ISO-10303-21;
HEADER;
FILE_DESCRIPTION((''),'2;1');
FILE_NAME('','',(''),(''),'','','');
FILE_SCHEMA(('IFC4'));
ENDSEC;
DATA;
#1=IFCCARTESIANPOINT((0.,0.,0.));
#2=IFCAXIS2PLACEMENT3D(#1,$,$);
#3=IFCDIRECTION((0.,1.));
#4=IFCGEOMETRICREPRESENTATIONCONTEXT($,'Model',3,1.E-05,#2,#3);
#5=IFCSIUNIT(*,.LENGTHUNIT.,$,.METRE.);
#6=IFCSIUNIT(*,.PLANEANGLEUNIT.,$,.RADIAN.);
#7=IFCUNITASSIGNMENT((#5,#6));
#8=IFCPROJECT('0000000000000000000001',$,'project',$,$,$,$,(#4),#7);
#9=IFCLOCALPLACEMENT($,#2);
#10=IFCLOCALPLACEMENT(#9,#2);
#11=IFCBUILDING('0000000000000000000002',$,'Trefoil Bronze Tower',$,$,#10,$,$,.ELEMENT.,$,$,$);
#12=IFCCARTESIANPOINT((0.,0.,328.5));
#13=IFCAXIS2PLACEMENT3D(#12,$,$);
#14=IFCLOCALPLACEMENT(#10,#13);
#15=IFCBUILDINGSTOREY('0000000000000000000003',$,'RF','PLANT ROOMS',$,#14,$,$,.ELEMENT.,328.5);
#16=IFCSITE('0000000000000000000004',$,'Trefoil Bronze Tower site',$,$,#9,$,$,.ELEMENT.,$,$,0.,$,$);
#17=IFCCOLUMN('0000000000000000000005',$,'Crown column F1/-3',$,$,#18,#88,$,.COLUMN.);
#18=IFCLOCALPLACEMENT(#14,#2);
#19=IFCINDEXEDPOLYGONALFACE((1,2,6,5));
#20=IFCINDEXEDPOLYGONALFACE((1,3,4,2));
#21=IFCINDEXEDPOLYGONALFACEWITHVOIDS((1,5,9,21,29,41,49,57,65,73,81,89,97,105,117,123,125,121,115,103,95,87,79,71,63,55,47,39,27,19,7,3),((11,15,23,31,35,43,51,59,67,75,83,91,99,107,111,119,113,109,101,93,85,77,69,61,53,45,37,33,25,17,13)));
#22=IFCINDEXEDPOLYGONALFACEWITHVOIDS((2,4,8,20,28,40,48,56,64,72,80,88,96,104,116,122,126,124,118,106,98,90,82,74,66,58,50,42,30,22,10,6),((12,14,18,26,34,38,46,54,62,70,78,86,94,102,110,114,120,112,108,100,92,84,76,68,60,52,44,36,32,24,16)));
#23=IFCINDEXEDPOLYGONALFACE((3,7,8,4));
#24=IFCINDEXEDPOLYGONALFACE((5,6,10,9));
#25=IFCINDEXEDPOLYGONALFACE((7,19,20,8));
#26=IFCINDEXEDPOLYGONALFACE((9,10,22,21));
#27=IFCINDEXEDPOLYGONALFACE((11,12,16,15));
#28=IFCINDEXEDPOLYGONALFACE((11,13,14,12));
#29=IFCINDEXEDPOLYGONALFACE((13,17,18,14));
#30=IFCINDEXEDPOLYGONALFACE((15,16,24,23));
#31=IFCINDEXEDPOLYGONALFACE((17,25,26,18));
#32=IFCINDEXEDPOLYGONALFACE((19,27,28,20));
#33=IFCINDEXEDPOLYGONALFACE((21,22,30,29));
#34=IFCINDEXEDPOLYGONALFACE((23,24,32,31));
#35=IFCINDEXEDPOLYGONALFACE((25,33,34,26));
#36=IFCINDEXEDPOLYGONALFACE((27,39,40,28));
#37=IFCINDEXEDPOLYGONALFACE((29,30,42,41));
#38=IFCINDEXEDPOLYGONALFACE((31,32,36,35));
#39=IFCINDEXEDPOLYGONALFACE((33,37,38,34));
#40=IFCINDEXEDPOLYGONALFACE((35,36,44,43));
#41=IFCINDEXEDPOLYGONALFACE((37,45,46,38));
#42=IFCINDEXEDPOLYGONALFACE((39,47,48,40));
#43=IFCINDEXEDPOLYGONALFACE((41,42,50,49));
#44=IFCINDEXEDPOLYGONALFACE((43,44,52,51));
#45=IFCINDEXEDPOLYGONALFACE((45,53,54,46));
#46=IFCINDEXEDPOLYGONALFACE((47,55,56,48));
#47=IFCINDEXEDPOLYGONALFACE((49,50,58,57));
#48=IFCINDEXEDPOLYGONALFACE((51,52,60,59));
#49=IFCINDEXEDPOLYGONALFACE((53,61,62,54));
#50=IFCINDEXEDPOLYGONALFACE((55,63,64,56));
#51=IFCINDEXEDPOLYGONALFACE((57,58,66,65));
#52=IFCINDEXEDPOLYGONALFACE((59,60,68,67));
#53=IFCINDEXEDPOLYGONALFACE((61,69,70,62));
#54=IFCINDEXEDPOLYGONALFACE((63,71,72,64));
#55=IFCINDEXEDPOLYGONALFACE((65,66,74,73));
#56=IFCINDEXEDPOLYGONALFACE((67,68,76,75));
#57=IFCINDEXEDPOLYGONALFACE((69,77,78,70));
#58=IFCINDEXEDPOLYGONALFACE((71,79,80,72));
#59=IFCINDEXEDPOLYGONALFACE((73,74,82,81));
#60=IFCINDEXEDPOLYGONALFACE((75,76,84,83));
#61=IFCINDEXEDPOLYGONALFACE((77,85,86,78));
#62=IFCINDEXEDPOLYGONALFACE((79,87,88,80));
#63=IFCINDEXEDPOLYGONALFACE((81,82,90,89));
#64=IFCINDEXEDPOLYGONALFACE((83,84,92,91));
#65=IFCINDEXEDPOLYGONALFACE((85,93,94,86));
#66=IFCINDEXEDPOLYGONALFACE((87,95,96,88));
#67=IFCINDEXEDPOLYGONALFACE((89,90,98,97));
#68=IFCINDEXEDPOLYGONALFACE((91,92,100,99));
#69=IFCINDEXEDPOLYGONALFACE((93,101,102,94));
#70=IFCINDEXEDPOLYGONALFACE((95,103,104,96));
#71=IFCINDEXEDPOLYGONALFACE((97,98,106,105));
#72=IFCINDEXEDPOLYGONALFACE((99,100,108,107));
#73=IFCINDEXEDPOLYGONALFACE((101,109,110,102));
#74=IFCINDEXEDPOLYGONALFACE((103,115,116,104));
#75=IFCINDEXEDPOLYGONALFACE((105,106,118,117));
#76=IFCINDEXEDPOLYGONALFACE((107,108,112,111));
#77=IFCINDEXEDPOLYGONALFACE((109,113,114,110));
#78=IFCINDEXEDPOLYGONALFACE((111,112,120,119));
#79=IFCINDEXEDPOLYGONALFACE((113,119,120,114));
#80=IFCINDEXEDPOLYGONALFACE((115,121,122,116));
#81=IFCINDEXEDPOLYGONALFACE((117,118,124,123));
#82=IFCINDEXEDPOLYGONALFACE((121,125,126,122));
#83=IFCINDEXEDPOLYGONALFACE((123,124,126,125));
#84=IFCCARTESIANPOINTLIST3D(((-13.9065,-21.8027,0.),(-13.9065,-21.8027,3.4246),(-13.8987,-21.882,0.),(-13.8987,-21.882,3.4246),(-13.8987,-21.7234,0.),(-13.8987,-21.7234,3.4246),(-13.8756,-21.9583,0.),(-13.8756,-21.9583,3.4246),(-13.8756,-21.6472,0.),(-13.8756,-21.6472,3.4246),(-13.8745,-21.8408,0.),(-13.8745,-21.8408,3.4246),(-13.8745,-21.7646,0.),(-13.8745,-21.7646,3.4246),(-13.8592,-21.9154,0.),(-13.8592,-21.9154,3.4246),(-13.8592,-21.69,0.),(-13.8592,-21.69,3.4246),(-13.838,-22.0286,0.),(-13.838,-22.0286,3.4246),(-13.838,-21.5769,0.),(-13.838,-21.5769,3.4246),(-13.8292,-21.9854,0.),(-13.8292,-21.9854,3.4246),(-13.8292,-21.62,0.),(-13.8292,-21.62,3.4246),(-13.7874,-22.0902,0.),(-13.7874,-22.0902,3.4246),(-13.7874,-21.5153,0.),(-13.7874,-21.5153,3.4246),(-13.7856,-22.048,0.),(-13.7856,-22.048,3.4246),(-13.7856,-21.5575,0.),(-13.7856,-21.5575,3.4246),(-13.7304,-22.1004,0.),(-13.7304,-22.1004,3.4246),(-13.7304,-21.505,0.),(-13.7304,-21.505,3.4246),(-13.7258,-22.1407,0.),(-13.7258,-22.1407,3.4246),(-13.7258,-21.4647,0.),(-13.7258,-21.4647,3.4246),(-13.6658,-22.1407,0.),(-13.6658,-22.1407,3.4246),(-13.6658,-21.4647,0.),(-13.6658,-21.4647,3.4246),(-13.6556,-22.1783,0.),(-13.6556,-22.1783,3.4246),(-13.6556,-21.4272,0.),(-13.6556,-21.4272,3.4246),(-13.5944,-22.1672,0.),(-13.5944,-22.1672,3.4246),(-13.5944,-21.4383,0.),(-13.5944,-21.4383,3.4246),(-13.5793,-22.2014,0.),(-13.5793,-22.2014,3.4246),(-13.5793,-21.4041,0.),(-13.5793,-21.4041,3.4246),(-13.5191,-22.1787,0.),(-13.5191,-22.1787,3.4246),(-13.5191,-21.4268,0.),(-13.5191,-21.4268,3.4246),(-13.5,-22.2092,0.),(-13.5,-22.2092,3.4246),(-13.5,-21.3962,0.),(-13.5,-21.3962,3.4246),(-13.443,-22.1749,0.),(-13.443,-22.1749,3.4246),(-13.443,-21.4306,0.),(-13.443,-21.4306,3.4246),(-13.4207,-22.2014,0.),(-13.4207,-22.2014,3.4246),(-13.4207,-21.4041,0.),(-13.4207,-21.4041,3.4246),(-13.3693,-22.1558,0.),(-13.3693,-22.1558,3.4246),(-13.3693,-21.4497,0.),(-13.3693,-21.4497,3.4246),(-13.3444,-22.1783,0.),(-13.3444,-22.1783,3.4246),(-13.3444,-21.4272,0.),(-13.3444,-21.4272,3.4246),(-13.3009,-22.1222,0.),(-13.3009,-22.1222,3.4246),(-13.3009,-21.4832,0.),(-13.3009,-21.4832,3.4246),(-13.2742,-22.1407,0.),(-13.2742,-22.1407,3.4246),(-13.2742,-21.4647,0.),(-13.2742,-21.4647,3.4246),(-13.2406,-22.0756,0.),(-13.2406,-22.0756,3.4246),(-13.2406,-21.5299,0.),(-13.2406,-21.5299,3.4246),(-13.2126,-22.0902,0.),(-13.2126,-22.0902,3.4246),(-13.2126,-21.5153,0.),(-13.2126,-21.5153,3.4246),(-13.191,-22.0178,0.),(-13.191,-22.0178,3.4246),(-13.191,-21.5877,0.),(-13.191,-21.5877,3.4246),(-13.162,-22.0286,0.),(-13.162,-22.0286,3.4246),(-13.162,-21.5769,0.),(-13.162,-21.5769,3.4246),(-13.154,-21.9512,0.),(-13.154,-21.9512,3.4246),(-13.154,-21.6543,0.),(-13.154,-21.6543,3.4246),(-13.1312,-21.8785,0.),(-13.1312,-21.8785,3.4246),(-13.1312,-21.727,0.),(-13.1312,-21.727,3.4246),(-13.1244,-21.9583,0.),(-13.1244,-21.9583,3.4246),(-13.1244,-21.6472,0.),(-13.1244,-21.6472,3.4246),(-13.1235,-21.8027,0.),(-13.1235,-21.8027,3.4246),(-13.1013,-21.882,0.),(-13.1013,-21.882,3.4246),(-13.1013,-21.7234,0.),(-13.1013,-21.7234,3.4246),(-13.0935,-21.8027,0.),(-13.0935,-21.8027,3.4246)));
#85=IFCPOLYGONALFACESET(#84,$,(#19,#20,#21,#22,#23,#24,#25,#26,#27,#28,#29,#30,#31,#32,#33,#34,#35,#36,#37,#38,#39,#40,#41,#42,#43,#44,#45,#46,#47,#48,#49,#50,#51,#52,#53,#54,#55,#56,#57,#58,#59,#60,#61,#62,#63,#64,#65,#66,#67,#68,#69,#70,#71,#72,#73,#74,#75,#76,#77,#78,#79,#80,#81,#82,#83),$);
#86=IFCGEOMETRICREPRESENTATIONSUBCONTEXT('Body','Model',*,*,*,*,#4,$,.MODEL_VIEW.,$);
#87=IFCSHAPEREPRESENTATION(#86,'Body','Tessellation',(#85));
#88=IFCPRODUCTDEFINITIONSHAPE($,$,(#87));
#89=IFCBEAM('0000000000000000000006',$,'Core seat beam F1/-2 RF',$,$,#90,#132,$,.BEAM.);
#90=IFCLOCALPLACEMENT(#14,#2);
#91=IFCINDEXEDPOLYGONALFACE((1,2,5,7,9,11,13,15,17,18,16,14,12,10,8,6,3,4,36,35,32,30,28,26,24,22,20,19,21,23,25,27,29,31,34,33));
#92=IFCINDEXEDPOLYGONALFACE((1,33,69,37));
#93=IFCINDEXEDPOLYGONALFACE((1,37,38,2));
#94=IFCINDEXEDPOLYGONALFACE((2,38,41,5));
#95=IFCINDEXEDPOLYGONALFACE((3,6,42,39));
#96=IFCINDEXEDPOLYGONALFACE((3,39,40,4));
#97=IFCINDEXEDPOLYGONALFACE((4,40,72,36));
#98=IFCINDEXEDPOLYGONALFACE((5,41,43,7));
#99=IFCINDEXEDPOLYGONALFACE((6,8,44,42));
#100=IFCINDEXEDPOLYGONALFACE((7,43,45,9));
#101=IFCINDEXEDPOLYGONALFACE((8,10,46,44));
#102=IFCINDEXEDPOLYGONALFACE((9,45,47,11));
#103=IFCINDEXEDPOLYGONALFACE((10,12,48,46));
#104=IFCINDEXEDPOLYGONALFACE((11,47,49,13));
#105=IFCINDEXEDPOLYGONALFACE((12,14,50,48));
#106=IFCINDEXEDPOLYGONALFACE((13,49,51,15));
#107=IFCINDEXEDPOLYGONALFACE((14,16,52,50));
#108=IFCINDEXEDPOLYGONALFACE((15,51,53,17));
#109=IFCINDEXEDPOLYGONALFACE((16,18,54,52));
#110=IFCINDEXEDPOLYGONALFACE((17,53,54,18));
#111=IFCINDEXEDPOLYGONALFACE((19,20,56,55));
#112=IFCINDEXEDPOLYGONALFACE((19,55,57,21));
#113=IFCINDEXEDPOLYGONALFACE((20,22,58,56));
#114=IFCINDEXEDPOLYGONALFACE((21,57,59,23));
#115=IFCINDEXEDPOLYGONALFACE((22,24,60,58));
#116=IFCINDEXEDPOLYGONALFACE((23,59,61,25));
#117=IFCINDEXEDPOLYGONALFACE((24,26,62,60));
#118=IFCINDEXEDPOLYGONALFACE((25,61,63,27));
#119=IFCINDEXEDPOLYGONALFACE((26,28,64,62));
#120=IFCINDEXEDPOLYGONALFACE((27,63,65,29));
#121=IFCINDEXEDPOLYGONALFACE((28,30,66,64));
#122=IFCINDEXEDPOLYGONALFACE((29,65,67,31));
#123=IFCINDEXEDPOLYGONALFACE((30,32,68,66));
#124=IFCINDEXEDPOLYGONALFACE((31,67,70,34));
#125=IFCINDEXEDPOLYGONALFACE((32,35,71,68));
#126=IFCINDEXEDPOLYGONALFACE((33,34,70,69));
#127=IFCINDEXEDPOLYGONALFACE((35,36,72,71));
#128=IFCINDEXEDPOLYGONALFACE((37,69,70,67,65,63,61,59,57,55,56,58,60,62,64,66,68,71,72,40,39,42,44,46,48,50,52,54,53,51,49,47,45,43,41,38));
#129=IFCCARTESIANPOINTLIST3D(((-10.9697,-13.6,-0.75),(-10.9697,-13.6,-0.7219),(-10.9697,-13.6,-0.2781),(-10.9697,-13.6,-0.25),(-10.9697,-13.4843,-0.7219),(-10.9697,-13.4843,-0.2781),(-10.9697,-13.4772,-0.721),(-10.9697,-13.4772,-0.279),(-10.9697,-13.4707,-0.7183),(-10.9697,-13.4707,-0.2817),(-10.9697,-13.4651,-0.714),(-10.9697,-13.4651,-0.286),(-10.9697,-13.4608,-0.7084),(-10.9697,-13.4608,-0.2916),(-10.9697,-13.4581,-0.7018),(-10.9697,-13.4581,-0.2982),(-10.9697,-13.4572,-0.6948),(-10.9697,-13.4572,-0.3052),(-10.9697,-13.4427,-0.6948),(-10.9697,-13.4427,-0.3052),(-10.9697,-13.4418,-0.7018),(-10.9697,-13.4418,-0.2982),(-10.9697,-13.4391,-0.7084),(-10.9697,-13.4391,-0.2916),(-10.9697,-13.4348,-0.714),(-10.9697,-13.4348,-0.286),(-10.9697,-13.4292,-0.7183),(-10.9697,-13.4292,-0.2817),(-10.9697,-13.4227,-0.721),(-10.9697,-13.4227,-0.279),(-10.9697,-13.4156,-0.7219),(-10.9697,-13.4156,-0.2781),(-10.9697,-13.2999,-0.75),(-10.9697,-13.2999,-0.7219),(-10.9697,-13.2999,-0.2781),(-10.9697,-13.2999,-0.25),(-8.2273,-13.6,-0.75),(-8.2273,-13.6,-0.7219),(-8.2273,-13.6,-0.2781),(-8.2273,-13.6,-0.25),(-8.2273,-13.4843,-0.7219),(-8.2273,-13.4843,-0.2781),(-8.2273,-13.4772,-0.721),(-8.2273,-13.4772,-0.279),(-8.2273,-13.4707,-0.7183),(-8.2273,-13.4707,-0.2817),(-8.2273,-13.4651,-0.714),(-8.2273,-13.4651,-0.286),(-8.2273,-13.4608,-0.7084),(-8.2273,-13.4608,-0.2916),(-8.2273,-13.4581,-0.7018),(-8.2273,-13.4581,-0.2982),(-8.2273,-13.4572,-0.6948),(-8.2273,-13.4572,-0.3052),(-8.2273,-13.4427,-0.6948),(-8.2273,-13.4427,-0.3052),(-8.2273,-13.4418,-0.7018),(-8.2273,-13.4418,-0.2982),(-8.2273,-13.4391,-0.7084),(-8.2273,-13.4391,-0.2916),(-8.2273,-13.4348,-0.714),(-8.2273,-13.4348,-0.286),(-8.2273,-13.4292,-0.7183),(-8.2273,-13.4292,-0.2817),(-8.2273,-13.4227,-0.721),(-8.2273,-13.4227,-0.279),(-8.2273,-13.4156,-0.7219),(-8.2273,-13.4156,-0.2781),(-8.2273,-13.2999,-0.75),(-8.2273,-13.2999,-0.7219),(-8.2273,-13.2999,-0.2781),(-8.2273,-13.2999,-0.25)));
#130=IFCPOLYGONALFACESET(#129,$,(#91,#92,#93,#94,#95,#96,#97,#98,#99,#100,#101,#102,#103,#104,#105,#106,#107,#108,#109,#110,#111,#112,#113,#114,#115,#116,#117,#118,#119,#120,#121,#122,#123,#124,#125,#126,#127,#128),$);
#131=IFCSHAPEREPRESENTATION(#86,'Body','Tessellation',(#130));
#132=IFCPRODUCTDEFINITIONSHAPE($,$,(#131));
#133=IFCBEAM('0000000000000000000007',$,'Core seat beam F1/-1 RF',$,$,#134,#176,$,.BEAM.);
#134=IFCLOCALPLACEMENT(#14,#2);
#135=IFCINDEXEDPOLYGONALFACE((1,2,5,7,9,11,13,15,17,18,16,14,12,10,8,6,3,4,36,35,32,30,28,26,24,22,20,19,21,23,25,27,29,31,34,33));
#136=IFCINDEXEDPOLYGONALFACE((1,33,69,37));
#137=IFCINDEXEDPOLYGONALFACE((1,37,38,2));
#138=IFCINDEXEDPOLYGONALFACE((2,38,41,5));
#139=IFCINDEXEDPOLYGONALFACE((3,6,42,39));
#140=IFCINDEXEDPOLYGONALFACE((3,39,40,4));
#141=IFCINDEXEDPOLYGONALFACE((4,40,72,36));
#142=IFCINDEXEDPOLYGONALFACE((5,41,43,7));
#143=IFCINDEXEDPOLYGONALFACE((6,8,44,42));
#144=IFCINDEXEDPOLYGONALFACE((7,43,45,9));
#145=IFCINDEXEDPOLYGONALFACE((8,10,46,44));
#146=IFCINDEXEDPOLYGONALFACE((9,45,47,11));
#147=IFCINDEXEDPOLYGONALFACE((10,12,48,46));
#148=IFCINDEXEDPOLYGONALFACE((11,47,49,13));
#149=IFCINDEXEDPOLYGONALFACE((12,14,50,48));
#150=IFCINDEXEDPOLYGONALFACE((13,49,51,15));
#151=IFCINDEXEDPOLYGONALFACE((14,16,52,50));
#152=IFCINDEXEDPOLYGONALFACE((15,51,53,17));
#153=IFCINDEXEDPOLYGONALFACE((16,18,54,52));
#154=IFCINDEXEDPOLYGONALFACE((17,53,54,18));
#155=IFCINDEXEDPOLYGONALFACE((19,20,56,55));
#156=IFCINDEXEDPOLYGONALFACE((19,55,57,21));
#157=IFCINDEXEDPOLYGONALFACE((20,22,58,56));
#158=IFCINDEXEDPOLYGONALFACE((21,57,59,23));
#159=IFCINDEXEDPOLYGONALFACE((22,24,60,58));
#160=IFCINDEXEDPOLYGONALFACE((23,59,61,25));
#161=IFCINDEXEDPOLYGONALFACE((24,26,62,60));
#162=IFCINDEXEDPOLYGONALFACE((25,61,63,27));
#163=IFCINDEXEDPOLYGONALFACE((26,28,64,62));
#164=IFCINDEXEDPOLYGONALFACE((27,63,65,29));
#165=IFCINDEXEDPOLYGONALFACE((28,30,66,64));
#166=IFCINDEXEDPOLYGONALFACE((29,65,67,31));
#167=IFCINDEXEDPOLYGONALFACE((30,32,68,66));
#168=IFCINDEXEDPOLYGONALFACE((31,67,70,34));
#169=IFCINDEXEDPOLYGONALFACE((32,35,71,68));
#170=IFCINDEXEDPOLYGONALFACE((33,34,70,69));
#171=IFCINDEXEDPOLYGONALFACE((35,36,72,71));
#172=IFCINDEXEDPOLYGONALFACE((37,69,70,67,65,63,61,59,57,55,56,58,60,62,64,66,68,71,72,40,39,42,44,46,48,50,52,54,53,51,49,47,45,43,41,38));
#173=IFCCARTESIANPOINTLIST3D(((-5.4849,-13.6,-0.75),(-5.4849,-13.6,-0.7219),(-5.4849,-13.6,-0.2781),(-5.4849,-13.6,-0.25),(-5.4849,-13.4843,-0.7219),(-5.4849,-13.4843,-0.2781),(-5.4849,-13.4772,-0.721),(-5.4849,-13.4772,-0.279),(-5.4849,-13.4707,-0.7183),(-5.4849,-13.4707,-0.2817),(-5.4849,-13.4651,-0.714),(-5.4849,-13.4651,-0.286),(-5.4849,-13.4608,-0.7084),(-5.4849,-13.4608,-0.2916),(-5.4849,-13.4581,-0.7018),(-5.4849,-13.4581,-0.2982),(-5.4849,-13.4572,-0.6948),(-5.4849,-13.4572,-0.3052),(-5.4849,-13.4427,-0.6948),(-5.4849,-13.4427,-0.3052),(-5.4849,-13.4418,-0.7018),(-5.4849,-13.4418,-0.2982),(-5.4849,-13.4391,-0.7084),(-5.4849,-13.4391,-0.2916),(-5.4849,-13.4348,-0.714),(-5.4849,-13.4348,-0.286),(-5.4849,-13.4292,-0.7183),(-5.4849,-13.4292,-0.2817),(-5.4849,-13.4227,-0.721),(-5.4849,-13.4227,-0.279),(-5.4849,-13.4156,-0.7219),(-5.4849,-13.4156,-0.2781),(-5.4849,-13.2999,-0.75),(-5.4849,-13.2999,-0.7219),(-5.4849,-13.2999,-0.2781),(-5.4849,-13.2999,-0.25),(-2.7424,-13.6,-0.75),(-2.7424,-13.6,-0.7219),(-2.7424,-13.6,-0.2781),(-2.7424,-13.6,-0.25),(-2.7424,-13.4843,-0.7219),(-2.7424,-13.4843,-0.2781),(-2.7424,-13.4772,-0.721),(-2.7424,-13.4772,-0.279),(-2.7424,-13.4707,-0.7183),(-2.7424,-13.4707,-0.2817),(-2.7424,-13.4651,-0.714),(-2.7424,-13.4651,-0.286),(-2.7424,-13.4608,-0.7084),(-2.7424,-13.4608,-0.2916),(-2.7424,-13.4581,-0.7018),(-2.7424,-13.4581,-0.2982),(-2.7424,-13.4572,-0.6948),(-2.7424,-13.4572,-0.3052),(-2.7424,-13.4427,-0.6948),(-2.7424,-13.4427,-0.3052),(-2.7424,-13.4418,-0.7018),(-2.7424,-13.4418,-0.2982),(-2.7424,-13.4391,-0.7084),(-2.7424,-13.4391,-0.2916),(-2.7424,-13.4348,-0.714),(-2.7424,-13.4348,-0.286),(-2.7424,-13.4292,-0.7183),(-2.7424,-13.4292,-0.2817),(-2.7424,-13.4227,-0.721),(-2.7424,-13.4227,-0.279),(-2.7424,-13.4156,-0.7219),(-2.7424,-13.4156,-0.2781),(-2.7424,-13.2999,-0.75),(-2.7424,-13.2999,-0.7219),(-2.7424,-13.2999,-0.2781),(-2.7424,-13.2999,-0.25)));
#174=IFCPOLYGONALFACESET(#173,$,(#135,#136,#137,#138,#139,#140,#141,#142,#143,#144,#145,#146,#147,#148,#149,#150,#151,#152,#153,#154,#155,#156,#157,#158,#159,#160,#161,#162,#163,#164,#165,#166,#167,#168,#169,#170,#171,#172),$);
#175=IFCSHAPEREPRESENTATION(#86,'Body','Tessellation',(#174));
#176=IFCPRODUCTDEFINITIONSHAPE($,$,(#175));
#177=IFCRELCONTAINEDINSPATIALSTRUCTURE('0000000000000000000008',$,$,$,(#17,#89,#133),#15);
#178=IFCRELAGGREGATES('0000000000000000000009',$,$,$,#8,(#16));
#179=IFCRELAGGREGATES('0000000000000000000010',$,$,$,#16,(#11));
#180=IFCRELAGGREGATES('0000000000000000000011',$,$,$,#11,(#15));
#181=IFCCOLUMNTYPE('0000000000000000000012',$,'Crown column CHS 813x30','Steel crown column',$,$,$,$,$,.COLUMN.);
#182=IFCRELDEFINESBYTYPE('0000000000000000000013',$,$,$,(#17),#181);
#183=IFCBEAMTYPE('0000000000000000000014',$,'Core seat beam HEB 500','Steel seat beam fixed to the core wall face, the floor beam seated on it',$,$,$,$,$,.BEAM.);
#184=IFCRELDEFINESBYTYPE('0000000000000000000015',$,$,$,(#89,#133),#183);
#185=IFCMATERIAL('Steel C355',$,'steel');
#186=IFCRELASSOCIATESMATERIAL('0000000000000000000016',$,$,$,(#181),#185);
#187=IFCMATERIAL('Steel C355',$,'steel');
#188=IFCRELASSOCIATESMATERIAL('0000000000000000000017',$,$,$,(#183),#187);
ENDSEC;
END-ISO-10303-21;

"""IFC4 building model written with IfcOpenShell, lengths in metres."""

from ifc_helpers import new_model, si_unit, direction, frame, origin, origin_2d, place, context, subcontext, project, spatial, hollow_circle, i_section, extrude, material, material_profile, profile_set, type_object, element, save


model = new_model("IFC4")

# Units and contexts
model_context = context("Model", 3, precision=1e-05, world=origin(), true_north=direction((0.0, 1.0)))
body_context = subcontext(model_context, "Body", "Model", "MODEL_VIEW")
ifc_project = project(units=[si_unit("LENGTHUNIT", "METRE"), si_unit("PLANEANGLEUNIT", "RADIAN")], contexts=[model_context])

# Site, building, storey
site_placement = place(None, origin())
site = spatial("IfcSite", under=ifc_project, at=site_placement, Name="Trefoil Bronze Tower site", CompositionType="ELEMENT", RefElevation=0.0)
building_placement = place(site_placement, origin())
building = spatial("IfcBuilding", under=site, at=building_placement, Name="Trefoil Bronze Tower", CompositionType="ELEMENT")
storey_placement = place(building_placement, frame((0.0, 0.0, 328.5)))
storey = spatial("IfcBuildingStorey", under=building, at=storey_placement, Name="RF", Description="PLANT ROOMS", CompositionType="ELEMENT", Elevation=328.5)

# Column
ifc_material_1 = material(Name="Steel C355", Category="steel")
ifc_material_profile_1 = material_profile(ifc_material_1, hollow_circle(Radius=0.4065, WallThickness=0.03, at=origin_2d()), Name="CHS 813x30")
ifc_profile_set_1 = profile_set([ifc_material_profile_1], Name="Steel C355")
column_type = type_object("IfcColumnType", Name="Crown column CHS 813x30", Description="Steel crown column", PredefinedType="COLUMN", material=ifc_profile_set_1)
column_placement = place(storey_placement, frame((-13.5, -21.8027, 0.0), z_axis=(0.0, 0.0, 1.0), x_axis=(1.0, 0.0, 0.0)))
element("IfcColumn", 1, at=column_placement, inside=storey, type_object=column_type, Name="Crown column F1/-3", PredefinedType="COLUMN", context=body_context, shape_type="SweptSolid", body=[
    extrude(hollow_circle(Radius=0.4065, WallThickness=0.03, at=origin_2d()), origin(), (0.0, 0.0, 1.0), 3.4246),
])

# Beams
ifc_material_2 = material(Name="Steel C355", Category="steel")
ifc_material_profile_2 = material_profile(ifc_material_2, i_section(OverallWidth=0.3, OverallDepth=0.5, WebThickness=0.0144, FlangeThickness=0.0281, FilletRadius=0.0271, at=origin_2d()), Name="HEB 500")
ifc_profile_set_2 = profile_set([ifc_material_profile_2], Name="Steel C355")
beam_type_1 = type_object("IfcBeamType", Name="Core seat beam HEB 500", Description="Steel seat beam fixed to the core wall face, the floor beam seated on it", PredefinedType="BEAM", material=ifc_profile_set_2)
for number, where, z_axis, x_axis, name in (
    (2, (-10.9697, -13.45, -0.5), (1.0, 0.0, 0.0), (0.0, 1.0, 0.0), "Core seat beam F1/-2 RF"),
    (3, (-5.4849, -13.45, -0.5), (1.0, 0.0, 0.0), (0.0, 1.0, 0.0), "Core seat beam F1/-1 RF"),
):
    element("IfcBeam", number, at=place(storey_placement, frame(where, z_axis=z_axis, x_axis=x_axis)), inside=storey, type_object=beam_type_1, Name=name, PredefinedType="BEAM", context=body_context, shape_type="SweptSolid", body=[
        extrude(i_section(OverallWidth=0.3, OverallDepth=0.5, WebThickness=0.0144, FlangeThickness=0.0281, FilletRadius=0.0271, at=origin_2d()), origin(), (0.0, 0.0, 1.0), 2.7424),
    ])

save(model, "model.ifc")
